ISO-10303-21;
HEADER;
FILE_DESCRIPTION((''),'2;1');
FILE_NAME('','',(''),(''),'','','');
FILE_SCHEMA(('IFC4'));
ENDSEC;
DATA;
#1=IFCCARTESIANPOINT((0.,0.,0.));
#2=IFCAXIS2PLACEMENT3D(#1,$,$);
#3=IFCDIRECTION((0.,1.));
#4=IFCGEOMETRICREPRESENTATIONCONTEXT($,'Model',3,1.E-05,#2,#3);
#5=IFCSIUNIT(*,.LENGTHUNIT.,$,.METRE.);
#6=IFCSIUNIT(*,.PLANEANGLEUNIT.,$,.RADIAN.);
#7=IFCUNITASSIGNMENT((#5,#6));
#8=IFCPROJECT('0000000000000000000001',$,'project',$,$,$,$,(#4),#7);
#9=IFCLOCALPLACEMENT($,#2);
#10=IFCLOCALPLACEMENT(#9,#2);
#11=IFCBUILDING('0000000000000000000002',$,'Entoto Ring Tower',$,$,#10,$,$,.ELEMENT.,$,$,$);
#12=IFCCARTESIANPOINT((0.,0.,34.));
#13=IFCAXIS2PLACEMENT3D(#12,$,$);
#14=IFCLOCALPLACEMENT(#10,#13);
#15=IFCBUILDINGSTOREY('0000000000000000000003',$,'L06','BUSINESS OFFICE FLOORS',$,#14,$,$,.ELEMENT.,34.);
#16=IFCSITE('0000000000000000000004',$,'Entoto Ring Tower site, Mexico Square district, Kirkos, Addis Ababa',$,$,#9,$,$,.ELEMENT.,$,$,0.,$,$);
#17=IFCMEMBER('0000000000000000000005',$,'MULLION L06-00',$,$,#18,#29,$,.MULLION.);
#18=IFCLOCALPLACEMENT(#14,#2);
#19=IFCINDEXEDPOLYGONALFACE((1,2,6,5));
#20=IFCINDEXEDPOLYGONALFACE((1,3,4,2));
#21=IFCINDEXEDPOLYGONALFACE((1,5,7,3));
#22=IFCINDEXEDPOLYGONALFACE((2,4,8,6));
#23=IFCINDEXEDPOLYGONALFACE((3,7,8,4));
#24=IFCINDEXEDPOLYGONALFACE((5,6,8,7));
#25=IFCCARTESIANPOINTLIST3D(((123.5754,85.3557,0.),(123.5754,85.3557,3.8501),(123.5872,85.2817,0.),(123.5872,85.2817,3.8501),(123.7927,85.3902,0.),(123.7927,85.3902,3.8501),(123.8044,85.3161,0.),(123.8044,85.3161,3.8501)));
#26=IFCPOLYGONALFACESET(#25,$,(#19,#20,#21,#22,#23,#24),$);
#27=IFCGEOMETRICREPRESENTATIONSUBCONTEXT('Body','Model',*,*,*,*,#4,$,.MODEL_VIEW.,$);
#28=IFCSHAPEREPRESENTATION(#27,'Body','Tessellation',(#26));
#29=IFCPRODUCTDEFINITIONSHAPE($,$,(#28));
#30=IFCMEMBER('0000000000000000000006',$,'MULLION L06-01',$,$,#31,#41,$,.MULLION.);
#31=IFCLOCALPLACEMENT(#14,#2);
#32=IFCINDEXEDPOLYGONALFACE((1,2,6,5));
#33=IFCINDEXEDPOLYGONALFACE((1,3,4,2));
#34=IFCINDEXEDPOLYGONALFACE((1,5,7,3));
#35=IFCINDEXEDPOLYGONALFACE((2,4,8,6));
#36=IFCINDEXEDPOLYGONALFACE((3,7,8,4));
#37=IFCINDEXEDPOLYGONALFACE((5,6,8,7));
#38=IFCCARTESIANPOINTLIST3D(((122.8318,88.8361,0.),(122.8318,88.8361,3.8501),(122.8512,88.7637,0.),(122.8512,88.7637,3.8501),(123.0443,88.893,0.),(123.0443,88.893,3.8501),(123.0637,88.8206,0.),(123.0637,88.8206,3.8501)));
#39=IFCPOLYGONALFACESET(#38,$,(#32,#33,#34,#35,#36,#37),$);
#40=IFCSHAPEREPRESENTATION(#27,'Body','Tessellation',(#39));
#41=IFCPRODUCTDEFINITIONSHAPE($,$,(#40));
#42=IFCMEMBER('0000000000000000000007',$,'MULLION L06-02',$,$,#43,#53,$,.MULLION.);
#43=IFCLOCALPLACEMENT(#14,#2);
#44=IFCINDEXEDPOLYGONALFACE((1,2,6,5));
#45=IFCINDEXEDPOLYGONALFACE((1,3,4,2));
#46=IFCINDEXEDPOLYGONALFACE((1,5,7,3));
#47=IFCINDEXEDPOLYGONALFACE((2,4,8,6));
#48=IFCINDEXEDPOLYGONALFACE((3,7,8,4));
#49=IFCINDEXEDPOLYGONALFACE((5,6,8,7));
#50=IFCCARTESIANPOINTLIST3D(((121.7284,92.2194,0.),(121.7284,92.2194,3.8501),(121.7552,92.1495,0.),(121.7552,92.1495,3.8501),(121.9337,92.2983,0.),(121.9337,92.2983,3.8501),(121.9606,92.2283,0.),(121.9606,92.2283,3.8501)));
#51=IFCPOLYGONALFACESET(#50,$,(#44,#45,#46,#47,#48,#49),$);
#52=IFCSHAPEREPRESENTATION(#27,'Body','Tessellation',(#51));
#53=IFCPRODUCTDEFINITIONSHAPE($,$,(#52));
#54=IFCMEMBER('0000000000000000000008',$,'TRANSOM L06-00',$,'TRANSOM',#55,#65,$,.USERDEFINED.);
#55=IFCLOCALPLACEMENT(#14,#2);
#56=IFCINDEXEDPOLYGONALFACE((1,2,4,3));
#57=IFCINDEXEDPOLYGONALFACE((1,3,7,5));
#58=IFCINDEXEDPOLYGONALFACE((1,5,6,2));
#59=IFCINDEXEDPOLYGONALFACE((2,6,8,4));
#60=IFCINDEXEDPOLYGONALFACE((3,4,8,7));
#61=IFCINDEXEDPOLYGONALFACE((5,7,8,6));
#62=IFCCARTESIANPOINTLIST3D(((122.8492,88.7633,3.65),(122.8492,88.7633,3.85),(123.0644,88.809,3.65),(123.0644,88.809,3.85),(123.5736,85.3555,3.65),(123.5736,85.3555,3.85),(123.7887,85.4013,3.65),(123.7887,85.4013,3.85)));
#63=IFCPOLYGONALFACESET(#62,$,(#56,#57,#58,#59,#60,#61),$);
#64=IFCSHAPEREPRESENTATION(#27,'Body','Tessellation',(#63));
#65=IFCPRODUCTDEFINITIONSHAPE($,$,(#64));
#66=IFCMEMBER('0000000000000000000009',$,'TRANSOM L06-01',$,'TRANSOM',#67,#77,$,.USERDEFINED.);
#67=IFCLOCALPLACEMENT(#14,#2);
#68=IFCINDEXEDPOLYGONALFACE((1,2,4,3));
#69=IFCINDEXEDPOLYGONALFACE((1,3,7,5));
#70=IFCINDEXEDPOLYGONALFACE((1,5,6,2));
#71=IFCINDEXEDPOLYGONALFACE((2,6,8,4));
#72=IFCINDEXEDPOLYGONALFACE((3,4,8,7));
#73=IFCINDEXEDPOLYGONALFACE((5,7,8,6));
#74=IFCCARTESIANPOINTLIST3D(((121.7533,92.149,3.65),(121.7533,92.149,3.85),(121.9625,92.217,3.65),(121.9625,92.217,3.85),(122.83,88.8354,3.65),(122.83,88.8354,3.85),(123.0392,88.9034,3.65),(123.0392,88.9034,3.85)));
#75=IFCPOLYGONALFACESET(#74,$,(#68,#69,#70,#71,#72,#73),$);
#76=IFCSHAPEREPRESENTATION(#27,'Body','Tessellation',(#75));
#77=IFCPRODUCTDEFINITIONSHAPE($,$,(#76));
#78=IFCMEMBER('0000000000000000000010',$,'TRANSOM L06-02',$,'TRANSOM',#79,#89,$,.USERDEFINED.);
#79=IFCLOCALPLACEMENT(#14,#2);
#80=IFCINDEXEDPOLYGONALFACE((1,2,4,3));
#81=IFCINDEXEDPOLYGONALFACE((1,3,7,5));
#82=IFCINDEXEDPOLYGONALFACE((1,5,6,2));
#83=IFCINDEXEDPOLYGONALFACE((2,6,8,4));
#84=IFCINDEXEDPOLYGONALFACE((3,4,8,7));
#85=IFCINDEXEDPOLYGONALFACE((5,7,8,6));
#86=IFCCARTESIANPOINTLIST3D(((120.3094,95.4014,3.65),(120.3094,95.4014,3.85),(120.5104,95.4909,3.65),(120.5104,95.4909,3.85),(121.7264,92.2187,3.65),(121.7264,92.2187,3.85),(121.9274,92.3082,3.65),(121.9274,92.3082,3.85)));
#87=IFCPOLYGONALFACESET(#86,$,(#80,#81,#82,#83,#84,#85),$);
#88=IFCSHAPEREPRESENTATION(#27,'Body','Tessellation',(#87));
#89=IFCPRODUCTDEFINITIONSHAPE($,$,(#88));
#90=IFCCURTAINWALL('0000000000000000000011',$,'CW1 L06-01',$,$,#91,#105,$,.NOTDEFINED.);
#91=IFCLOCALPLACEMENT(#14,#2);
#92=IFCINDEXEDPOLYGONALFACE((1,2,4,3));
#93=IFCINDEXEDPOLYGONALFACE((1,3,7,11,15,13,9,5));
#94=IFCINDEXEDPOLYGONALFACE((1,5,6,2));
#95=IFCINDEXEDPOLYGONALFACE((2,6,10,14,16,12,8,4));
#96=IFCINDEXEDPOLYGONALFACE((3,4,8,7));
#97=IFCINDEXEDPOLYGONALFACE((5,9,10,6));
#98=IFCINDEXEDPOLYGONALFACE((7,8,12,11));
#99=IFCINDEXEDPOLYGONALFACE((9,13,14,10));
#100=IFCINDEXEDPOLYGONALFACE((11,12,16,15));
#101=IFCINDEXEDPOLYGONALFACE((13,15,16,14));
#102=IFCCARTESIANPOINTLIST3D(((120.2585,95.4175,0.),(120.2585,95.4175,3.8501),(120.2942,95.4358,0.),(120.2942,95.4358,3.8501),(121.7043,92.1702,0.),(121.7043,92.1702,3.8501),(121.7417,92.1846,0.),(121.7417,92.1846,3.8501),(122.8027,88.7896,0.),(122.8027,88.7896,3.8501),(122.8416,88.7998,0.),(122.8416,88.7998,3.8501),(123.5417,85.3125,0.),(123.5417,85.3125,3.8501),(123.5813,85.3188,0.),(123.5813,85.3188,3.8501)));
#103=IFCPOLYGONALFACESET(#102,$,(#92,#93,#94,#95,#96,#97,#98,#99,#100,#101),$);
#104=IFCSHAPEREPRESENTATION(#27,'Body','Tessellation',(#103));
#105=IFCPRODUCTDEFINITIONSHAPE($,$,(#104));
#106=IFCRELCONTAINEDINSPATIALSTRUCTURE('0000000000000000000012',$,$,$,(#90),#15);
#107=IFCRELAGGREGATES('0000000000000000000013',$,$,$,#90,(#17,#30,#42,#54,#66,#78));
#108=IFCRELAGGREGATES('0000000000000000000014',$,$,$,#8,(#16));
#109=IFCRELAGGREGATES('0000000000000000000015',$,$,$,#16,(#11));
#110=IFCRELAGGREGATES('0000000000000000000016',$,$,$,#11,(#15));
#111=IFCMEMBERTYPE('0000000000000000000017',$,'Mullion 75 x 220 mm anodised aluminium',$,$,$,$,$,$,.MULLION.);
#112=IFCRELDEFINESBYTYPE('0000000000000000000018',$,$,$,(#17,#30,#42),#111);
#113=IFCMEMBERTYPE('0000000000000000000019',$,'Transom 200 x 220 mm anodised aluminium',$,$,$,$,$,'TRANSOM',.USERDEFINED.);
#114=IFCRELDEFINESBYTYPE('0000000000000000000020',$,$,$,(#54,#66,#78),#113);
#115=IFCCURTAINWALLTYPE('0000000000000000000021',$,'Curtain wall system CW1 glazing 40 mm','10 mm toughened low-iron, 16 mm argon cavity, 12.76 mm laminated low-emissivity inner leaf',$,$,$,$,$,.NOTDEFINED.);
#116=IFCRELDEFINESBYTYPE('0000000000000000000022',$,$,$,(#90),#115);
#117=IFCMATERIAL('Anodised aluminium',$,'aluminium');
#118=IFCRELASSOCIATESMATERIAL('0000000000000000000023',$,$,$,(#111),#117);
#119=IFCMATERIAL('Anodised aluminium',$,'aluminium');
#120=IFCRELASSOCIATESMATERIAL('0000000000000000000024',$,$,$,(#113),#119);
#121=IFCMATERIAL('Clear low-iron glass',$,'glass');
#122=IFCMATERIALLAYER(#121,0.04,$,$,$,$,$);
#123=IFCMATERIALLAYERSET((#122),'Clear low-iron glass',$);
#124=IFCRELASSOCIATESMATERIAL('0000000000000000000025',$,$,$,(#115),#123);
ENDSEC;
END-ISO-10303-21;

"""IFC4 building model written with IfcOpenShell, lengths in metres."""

from ifc_helpers import new_model, si_unit, direction, frame, origin, origin_2d, place, context, subcontext, project, spatial, polyline, rectangle, outline, extrude, material, layer, layer_set, material_profile, profile_set, type_object, element, aggregate, save


model = new_model("IFC4")

# Units and contexts
model_context = context("Model", 3, precision=1e-05, world=origin(), true_north=direction((0.0, 1.0)))
body_context = subcontext(model_context, "Body", "Model", "MODEL_VIEW")
ifc_project = project(units=[si_unit("LENGTHUNIT", "METRE"), si_unit("PLANEANGLEUNIT", "RADIAN")], contexts=[model_context])

# Members
ifc_material_1 = material(Name="Anodised aluminium", Category="aluminium")
ifc_material_profile_1 = material_profile(ifc_material_1, rectangle(XDim=0.075, YDim=0.22, at=origin_2d()), Name="Mullion 75 x 220 mm anodised aluminium")
ifc_profile_set_1 = profile_set([ifc_material_profile_1], Name="Anodised aluminium")
member_type_1 = type_object("IfcMemberType", Name="Mullion 75 x 220 mm anodised aluminium", PredefinedType="MULLION", material=ifc_profile_set_1)
site_placement = place(None, origin())
building_placement = place(site_placement, origin())
storey_placement = place(building_placement, frame((0.0, 0.0, 34.0)))
member_1_placement = place(storey_placement, frame((123.6899, 85.3359, 0.0), z_axis=(0.0, 0.0, 1.0), x_axis=(-0.156434, 0.987688, 0.0)))
member_1 = element("IfcMember", 1, at=member_1_placement, type_object=member_type_1, Name="MULLION L06-00", PredefinedType="MULLION", context=body_context, shape_type="SweptSolid", body=[
    extrude(rectangle(XDim=0.075, YDim=0.22, at=origin_2d()), origin(), (0.0, 0.0, 1.0), 3.8501),
])
member_2_placement = place(storey_placement, frame((122.9478, 88.8284, 0.0), z_axis=(0.0, 0.0, 1.0), x_axis=(-0.258819, 0.965926, 0.0)))
member_2 = element("IfcMember", 2, at=member_2_placement, type_object=member_type_1, Name="MULLION L06-01", PredefinedType="MULLION", context=body_context, shape_type="SweptSolid", body=[
    extrude(rectangle(XDim=0.075, YDim=0.22, at=origin_2d()), origin(), (0.0, 0.0, 1.0), 3.8501),
])
member_3_placement = place(storey_placement, frame((121.8445, 92.2239, 0.0), z_axis=(0.0, 0.0, 1.0), x_axis=(-0.358368, 0.93358, 0.0)))
member_3 = element("IfcMember", 3, at=member_3_placement, type_object=member_type_1, Name="MULLION L06-02", PredefinedType="MULLION", context=body_context, shape_type="SweptSolid", body=[
    extrude(rectangle(XDim=0.075, YDim=0.22, at=origin_2d()), origin(), (0.0, 0.0, 1.0), 3.8501),
])
ifc_material_2 = material(Name="Anodised aluminium", Category="aluminium")
ifc_material_profile_2 = material_profile(ifc_material_2, rectangle(XDim=0.22, YDim=0.2, at=origin_2d()), Name="Transom 200 x 220 mm anodised aluminium")
ifc_profile_set_2 = profile_set([ifc_material_profile_2], Name="Anodised aluminium")
member_type_2 = type_object("IfcMemberType", Name="Transom 200 x 220 mm anodised aluminium", ElementType="TRANSOM", PredefinedType="USERDEFINED", material=ifc_profile_set_2)
member_4_placement = place(storey_placement, frame((123.6812, 85.3784, 3.75), z_axis=(-0.207921, 0.978146, 0.0), x_axis=(-0.978146, -0.207921, 0.0)))
member_4 = element("IfcMember", 4, at=member_4_placement, type_object=member_type_2, Name="TRANSOM L06-00", ObjectType="TRANSOM", PredefinedType="USERDEFINED", context=body_context, shape_type="SweptSolid", body=[
    extrude(rectangle(XDim=0.22, YDim=0.2, at=origin_2d()), origin(), (0.0, 0.0, 1.0), 3.4839),
])
member_5_placement = place(storey_placement, frame((122.9346, 88.8694, 3.75), z_axis=(-0.309029, 0.951053, 0.0), x_axis=(-0.951053, -0.309029, 0.0)))
member_5 = element("IfcMember", 5, at=member_5_placement, type_object=member_type_2, Name="TRANSOM L06-01", ObjectType="TRANSOM", PredefinedType="USERDEFINED", context=body_context, shape_type="SweptSolid", body=[
    extrude(rectangle(XDim=0.22, YDim=0.2, at=origin_2d()), origin(), (0.0, 0.0, 1.0), 3.4841),
])
member_6_placement = place(storey_placement, frame((121.8269, 92.2634, 3.75), z_axis=(-0.406737, 0.913545, 0.0), x_axis=(-0.913545, -0.406737, 0.0)))
member_6 = element("IfcMember", 6, at=member_6_placement, type_object=member_type_2, Name="TRANSOM L06-02", ObjectType="TRANSOM", PredefinedType="USERDEFINED", context=body_context, shape_type="SweptSolid", body=[
    extrude(rectangle(XDim=0.22, YDim=0.2, at=origin_2d()), origin(), (0.0, 0.0, 1.0), 3.4839),
])

# Site, building, storey
site = spatial("IfcSite", under=ifc_project, at=site_placement, Name="Entoto Ring Tower site, Mexico Square district, Kirkos, Addis Ababa", CompositionType="ELEMENT", RefElevation=0.0)
building = spatial("IfcBuilding", under=site, at=building_placement, Name="Entoto Ring Tower", CompositionType="ELEMENT")
storey = spatial("IfcBuildingStorey", under=building, at=storey_placement, Name="L06", Description="BUSINESS OFFICE FLOORS", CompositionType="ELEMENT", Elevation=34.0)

# Curtain wall
ifc_material_3 = material(Name="Clear low-iron glass", Category="glass")
ifc_layer_1 = layer(ifc_material_3, 0.04)
ifc_layer_set_1 = layer_set([ifc_layer_1], Name="Clear low-iron glass")
curtain_wall_type = type_object("IfcCurtainWallType", Name="Curtain wall system CW1 glazing 40 mm", Description="10 mm toughened low-iron, 16 mm argon cavity, 12.76 mm laminated low-emissivity inner leaf", PredefinedType="NOTDEFINED", material=ifc_layer_set_1)
curtain_wall_1_placement = place(storey_placement, origin())
curtain_wall_1 = element("IfcCurtainWall", 7, at=curtain_wall_1_placement, inside=storey, type_object=curtain_wall_type, Name="CW1 L06-01", PredefinedType="NOTDEFINED", context=body_context, shape_type="SweptSolid", body=[
    extrude(outline(polyline([(123.5813, 85.3188), (122.8416, 88.7998), (121.7417, 92.1846), (120.2942, 95.4358), (120.2585, 95.4175), (121.7043, 92.1702), (122.8027, 88.7896), (123.5417, 85.3125), (123.5813, 85.3188)])), origin(), (0.0, 0.0, 1.0), 3.8501),
])
aggregate(curtain_wall_1, [member_1, member_2, member_3, member_4, member_5, member_6])

save(model, "model.ifc")
